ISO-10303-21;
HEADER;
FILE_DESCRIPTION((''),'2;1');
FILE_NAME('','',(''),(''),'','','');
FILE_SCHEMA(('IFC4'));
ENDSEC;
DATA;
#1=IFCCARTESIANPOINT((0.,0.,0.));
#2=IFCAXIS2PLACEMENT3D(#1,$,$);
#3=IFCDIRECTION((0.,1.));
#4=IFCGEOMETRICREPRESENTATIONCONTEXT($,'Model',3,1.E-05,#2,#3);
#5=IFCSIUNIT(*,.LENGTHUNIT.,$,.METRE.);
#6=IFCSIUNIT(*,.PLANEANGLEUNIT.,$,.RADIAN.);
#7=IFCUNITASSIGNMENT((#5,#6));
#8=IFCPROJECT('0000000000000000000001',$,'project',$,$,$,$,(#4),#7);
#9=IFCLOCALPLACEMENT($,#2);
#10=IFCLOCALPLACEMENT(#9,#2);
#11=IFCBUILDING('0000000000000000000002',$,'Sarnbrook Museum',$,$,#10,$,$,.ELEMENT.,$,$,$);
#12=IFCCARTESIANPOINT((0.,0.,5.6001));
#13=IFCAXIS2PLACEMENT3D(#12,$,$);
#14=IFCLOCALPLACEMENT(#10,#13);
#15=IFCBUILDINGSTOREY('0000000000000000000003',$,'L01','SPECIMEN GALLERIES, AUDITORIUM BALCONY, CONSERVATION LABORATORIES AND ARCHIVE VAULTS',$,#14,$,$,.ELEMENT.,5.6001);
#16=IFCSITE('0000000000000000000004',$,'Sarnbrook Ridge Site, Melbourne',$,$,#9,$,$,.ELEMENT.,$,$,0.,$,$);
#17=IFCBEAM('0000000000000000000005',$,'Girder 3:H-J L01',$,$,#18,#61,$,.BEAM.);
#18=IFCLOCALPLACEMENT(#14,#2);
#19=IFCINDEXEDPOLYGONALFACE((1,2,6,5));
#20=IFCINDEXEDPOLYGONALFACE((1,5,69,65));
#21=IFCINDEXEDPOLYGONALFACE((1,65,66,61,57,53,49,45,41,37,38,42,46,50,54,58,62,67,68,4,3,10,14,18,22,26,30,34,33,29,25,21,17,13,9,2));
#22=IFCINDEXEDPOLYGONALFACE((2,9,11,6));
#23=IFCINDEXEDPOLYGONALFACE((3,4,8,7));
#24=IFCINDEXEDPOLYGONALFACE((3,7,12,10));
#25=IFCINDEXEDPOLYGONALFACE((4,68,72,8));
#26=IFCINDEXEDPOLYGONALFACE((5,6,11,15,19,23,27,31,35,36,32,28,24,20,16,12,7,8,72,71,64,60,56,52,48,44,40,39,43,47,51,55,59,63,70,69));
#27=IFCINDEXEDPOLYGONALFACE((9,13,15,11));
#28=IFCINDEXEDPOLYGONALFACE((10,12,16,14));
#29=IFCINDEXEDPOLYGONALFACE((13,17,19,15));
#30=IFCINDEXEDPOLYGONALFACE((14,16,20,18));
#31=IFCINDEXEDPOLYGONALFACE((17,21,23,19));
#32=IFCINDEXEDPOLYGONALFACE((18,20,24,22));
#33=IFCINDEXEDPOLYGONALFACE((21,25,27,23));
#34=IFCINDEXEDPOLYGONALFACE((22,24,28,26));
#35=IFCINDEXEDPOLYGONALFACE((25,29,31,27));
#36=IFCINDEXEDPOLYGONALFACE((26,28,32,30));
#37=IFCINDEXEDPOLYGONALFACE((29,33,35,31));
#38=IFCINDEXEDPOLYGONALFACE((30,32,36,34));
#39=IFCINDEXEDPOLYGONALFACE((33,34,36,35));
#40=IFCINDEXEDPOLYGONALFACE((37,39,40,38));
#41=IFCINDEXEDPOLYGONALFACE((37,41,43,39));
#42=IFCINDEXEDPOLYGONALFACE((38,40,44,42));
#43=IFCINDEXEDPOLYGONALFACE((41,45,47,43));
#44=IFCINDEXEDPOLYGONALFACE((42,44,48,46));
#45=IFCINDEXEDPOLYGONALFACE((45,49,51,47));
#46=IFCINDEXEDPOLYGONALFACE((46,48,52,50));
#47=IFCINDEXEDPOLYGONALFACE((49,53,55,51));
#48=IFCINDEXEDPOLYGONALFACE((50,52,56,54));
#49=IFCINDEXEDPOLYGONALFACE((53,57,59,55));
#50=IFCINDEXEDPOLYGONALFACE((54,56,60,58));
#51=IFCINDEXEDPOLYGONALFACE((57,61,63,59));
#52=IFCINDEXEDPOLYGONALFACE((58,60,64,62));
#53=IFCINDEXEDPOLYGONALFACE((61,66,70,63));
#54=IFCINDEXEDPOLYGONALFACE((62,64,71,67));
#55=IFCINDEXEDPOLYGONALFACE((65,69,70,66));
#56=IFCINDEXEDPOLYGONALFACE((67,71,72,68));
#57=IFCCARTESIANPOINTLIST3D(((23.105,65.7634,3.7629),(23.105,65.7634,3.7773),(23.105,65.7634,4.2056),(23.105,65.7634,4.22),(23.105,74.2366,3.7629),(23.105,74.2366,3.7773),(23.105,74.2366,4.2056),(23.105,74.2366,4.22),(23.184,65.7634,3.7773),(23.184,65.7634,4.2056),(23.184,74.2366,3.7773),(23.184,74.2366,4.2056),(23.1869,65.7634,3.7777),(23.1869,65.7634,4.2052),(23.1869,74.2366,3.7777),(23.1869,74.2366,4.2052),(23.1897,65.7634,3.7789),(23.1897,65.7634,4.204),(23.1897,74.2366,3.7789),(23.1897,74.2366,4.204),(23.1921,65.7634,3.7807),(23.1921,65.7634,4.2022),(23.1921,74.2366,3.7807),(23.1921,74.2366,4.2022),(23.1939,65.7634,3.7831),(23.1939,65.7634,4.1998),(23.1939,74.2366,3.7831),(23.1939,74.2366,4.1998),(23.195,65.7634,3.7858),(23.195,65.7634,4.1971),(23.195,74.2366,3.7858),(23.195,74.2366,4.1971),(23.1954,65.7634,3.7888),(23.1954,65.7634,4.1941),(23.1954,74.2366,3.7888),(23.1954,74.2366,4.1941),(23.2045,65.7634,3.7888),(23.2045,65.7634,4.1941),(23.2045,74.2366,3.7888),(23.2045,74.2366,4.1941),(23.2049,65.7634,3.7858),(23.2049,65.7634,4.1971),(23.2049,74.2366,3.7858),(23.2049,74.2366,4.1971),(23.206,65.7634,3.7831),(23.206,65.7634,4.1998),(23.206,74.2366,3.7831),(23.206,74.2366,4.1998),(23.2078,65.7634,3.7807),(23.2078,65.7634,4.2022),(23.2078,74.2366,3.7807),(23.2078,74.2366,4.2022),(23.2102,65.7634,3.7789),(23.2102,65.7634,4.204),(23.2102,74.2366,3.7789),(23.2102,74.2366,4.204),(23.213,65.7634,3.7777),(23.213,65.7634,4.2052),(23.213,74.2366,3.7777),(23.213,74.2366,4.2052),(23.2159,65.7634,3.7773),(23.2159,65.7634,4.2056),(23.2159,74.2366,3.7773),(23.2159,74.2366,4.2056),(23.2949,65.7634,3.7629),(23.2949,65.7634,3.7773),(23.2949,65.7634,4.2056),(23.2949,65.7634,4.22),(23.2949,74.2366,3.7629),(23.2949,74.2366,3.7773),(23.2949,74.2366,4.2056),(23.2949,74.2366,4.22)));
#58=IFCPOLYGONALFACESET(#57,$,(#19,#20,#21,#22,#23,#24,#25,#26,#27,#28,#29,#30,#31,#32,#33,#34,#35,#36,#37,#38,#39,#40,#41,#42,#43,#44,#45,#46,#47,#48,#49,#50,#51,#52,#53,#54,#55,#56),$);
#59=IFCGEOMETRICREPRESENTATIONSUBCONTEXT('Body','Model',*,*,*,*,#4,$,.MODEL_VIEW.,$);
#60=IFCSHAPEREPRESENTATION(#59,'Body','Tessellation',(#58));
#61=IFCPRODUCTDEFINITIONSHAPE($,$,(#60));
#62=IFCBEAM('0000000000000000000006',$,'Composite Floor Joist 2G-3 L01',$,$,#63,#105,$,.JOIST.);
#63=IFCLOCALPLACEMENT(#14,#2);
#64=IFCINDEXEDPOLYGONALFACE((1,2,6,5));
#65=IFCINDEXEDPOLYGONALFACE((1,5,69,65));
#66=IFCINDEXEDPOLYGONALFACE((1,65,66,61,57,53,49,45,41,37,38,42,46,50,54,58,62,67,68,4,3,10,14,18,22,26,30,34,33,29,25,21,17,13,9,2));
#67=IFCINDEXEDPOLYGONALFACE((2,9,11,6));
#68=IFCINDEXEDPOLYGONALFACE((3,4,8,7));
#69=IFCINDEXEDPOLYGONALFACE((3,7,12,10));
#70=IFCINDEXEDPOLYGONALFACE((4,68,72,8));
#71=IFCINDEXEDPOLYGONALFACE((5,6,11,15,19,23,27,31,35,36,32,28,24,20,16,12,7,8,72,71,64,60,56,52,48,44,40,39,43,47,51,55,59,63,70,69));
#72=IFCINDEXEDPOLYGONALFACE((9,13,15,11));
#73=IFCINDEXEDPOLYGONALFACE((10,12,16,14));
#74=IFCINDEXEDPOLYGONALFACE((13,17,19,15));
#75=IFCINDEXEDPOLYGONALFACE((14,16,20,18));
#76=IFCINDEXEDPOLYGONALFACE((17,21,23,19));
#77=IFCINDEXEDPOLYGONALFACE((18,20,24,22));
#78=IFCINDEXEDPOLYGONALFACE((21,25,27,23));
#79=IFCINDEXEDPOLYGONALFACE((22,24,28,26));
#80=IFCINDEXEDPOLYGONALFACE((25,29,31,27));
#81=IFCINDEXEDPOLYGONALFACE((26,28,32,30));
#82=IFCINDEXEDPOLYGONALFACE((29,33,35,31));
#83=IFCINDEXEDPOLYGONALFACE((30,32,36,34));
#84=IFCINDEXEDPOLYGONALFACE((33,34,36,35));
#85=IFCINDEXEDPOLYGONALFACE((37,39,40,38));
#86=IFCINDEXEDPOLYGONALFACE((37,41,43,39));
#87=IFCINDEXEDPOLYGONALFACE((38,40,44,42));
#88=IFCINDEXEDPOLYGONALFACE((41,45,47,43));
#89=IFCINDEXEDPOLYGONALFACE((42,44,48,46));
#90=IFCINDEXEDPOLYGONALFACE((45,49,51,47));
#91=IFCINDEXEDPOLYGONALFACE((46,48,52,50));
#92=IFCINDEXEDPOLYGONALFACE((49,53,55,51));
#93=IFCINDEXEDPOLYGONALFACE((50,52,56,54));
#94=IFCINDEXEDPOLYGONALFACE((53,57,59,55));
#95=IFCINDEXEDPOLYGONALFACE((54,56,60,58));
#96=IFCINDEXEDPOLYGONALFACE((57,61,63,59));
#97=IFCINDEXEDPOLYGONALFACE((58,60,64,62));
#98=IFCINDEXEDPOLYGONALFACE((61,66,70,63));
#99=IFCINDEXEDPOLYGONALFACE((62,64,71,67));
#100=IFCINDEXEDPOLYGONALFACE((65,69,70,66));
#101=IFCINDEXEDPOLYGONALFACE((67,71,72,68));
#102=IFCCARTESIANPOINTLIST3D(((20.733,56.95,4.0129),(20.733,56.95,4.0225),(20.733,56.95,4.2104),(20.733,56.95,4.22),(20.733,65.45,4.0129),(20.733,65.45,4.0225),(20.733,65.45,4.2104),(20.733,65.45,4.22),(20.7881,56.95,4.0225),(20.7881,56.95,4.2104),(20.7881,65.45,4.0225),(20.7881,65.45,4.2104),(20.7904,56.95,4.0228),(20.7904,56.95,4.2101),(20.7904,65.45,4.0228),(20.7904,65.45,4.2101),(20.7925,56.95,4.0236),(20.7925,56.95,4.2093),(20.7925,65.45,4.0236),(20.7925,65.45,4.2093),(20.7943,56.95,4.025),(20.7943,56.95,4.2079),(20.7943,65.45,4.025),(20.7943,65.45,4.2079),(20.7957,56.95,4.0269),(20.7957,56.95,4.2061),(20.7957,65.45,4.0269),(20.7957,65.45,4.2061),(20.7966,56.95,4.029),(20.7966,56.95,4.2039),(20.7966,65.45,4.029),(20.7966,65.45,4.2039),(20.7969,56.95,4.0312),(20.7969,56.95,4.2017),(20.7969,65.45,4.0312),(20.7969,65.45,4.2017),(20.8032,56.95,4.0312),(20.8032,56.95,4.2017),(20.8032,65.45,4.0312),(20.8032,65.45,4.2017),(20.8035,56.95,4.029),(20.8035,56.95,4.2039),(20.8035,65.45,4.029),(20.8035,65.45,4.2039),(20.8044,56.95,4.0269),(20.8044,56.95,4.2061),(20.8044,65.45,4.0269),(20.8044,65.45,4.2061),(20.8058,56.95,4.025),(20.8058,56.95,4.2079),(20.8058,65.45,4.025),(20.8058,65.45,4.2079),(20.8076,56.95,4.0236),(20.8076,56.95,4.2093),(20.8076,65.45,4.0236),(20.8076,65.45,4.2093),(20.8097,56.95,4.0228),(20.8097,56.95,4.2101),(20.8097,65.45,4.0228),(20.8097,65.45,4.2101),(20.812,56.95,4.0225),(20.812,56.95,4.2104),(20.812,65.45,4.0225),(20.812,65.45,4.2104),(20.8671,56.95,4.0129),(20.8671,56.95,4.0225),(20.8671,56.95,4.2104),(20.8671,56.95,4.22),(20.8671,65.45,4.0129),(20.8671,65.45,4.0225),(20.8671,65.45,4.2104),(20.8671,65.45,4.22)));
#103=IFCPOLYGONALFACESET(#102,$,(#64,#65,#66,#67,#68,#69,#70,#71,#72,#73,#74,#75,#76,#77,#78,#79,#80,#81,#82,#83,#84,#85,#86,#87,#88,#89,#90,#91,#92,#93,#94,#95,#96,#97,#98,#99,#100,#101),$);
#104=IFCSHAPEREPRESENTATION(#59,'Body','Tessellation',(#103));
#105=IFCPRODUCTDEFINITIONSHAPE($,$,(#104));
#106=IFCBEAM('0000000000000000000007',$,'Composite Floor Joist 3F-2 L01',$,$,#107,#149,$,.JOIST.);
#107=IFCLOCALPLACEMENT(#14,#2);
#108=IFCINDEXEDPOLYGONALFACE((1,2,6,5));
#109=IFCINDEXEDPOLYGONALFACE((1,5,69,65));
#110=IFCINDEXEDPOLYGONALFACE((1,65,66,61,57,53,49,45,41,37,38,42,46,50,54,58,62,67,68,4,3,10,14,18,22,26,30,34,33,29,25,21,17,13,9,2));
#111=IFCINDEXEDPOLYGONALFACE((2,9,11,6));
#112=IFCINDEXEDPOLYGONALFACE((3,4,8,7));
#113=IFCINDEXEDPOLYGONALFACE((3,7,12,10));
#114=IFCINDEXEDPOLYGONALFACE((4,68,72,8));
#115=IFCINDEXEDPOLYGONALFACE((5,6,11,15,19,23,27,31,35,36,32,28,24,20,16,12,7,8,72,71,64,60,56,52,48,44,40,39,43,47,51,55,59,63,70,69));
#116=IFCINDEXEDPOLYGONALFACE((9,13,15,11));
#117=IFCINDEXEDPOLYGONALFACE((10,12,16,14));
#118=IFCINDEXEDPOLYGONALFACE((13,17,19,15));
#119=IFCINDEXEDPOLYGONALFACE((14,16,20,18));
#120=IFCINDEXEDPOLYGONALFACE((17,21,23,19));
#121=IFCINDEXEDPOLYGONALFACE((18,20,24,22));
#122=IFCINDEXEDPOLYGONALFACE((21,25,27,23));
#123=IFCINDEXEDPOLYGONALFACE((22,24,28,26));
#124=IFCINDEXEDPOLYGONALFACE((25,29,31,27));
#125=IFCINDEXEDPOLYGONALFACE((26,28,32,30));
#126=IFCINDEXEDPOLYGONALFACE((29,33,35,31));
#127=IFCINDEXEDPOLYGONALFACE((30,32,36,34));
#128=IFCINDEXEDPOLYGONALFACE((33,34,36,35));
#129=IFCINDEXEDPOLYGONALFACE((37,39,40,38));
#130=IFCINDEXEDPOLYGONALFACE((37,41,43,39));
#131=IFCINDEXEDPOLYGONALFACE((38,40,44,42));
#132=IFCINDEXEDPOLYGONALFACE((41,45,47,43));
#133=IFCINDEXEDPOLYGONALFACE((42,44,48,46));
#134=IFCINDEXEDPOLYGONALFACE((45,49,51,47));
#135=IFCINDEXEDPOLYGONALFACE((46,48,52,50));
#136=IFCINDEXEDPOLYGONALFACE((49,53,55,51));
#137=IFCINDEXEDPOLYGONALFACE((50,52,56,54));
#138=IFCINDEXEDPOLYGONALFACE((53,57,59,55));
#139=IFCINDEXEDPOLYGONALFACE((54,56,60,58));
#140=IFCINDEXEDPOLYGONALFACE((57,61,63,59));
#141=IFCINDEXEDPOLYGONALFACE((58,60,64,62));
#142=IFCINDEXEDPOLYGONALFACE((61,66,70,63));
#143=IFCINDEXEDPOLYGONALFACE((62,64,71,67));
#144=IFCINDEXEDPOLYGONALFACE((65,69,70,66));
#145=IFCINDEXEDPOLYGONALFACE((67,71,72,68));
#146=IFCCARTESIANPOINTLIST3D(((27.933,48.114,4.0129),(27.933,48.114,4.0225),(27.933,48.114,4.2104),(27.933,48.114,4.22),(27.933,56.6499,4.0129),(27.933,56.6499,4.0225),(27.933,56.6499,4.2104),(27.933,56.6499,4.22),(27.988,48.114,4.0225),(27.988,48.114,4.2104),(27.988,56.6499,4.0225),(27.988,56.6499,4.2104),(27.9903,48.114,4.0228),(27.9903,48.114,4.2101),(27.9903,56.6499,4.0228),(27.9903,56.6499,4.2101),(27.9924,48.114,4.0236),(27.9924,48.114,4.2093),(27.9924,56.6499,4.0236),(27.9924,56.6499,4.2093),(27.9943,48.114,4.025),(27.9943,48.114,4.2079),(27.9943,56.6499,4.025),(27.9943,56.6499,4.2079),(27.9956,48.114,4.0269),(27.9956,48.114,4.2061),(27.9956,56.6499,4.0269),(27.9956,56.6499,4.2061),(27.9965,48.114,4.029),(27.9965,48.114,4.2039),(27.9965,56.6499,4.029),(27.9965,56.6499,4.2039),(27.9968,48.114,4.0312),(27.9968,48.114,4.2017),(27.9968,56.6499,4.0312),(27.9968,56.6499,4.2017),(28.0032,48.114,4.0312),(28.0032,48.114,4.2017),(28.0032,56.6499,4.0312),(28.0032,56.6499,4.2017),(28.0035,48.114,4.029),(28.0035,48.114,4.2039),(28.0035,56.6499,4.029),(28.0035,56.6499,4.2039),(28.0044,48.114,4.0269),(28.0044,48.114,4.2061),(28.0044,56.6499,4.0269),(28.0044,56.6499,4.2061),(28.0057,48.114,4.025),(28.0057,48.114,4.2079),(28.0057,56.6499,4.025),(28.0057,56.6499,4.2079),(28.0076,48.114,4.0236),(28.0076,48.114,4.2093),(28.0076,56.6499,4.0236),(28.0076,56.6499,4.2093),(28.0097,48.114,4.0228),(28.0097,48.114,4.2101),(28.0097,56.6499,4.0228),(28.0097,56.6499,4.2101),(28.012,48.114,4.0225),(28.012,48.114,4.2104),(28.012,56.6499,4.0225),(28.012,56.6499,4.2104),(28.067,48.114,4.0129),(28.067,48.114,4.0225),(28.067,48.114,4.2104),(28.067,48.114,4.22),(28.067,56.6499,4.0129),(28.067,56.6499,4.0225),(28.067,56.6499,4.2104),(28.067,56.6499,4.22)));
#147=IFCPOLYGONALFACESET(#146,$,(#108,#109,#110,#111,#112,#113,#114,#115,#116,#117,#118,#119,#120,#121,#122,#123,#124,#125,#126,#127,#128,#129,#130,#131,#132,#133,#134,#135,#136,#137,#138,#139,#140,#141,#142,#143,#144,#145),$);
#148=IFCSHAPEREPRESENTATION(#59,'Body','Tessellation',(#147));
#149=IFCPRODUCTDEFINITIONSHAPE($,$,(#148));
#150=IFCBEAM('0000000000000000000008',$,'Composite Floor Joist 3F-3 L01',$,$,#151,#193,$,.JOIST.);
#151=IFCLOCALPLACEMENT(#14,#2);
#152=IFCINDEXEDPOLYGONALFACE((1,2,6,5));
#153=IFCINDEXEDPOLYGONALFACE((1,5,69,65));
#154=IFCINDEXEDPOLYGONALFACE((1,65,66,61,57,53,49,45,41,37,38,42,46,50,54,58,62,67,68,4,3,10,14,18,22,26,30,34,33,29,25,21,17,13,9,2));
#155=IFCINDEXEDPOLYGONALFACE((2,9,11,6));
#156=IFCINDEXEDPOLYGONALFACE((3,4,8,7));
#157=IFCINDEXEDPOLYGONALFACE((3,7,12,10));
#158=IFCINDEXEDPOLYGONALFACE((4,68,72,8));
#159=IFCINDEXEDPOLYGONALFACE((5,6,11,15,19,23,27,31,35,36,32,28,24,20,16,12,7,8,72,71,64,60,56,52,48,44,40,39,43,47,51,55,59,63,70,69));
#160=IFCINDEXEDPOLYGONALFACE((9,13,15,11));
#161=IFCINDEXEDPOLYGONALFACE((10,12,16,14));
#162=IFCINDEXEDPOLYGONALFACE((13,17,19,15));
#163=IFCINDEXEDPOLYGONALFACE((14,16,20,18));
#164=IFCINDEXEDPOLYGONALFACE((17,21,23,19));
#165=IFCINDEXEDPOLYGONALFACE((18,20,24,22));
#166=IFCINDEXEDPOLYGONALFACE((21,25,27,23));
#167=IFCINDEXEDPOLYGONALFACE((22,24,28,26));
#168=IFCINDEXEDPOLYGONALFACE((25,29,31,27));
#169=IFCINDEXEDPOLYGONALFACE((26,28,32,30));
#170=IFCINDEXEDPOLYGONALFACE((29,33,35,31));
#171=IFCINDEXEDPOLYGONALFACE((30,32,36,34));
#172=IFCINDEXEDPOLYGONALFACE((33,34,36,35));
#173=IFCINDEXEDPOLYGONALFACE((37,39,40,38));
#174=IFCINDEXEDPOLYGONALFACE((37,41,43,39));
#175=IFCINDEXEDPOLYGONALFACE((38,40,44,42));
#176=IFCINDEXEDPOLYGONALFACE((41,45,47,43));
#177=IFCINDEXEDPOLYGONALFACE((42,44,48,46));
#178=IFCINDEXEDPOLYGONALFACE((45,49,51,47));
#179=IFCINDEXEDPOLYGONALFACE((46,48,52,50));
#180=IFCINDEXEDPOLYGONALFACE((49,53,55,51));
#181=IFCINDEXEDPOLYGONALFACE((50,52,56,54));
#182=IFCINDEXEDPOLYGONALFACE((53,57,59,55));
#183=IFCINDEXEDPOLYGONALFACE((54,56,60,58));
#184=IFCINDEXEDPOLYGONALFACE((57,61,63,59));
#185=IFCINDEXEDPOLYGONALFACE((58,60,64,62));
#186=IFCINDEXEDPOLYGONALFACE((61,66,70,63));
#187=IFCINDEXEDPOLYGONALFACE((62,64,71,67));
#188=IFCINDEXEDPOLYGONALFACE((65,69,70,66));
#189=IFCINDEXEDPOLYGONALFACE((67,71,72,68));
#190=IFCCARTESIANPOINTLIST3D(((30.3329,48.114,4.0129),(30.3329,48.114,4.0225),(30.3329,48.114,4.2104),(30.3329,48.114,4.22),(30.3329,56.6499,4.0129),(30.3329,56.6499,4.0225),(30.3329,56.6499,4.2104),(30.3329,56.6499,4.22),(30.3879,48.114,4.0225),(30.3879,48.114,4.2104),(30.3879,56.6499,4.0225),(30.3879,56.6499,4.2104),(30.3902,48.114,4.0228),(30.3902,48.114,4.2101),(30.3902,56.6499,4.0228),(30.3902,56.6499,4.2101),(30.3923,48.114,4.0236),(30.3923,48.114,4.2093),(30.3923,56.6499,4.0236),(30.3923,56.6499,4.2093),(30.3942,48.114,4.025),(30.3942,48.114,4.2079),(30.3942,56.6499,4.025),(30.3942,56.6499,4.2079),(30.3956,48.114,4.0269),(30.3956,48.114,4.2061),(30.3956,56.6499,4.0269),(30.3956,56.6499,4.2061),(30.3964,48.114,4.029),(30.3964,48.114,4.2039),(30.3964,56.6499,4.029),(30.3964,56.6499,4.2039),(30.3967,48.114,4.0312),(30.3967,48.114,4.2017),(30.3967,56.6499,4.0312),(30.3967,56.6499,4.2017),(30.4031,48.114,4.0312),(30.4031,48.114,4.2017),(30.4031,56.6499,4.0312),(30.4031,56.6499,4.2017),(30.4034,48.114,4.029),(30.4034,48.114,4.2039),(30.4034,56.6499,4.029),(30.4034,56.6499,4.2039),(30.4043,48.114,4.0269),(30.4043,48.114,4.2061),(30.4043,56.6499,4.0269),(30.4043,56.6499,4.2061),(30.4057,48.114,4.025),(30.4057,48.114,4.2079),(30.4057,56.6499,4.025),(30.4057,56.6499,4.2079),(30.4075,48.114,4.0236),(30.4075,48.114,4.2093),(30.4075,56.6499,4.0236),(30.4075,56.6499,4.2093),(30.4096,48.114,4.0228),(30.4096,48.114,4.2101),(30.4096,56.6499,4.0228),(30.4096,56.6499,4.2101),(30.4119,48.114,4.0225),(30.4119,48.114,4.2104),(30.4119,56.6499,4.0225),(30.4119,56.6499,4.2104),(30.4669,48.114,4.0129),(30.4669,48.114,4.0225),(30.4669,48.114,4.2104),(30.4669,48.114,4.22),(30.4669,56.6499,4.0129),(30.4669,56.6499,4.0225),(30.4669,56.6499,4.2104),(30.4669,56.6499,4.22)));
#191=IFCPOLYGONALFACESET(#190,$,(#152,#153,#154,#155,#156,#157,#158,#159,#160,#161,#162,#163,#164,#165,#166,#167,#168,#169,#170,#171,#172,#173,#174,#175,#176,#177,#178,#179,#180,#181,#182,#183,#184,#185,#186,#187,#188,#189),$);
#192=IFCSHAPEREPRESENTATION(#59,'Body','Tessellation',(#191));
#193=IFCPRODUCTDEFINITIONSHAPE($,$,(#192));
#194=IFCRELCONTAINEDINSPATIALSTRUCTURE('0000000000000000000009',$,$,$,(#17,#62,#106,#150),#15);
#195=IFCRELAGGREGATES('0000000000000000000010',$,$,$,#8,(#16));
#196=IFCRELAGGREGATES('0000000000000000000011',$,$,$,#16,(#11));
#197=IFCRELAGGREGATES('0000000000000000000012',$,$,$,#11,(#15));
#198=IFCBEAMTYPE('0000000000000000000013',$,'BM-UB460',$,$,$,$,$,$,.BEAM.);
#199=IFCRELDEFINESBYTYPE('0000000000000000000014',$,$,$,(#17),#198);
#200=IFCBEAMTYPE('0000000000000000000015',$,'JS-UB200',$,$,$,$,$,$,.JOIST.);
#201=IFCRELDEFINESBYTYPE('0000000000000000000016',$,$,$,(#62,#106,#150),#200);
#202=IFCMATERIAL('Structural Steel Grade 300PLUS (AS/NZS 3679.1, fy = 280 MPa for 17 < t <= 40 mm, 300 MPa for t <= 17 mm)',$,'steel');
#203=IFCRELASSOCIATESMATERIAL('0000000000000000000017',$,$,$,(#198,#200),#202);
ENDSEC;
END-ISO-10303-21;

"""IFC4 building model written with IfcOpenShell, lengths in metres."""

from ifc_helpers import new_model, si_unit, direction, frame, origin, origin_2d, place, context, subcontext, project, spatial, i_section, extrude, material, material_profile, profile_set, type_object, element, save


model = new_model("IFC4")

# Units and contexts
model_context = context("Model", 3, precision=1e-05, world=origin(), true_north=direction((0.0, 1.0)))
body_context = subcontext(model_context, "Body", "Model", "MODEL_VIEW")
ifc_project = project(units=[si_unit("LENGTHUNIT", "METRE"), si_unit("PLANEANGLEUNIT", "RADIAN")], contexts=[model_context])

# Site, building, storey
site_placement = place(None, origin())
site = spatial("IfcSite", under=ifc_project, at=site_placement, Name="Sarnbrook Ridge Site, Melbourne", CompositionType="ELEMENT", RefElevation=0.0)
building_placement = place(site_placement, origin())
building = spatial("IfcBuilding", under=site, at=building_placement, Name="Sarnbrook Museum", CompositionType="ELEMENT")
storey_placement = place(building_placement, frame((0.0, 0.0, 5.6001)))
storey = spatial("IfcBuildingStorey", under=building, at=storey_placement, Name="L01", Description="SPECIMEN GALLERIES, AUDITORIUM BALCONY, CONSERVATION LABORATORIES AND ARCHIVE VAULTS", CompositionType="ELEMENT", Elevation=5.6001)

# Shared definitions
ifc_material_1 = material(Name="Structural Steel Grade 300PLUS (AS/NZS 3679.1, fy = 280 MPa for 17 < t <= 40 mm, 300 MPa for t <= 17 mm)", Category="steel")

# Beams
ifc_material_profile_1 = material_profile(ifc_material_1, i_section(OverallWidth=0.1899, OverallDepth=0.457, WebThickness=0.009, FlangeThickness=0.0144, FilletRadius=0.0115, at=origin_2d()), Name="460UB74.6")
ifc_profile_set_1 = profile_set([ifc_material_profile_1], Name="Structural Steel Grade 300PLUS (AS/NZS 3679.1, fy = 280 MPa for 17 < t <= 40 mm, 300 MPa for t <= 17 mm)")
beam_type_1 = type_object("IfcBeamType", Name="BM-UB460", PredefinedType="BEAM", material=ifc_profile_set_1)
for number, where, z_axis, x_axis, name in (
    (1, (23.2, 65.7634, 3.9915), (0.0, 1.0, 0.0), (-1.0, 0.0, 0.0), "Girder 3:H-J L01"),
):
    element("IfcBeam", number, at=place(storey_placement, frame(where, z_axis=z_axis, x_axis=x_axis)), inside=storey, type_object=beam_type_1, Name=name, PredefinedType="BEAM", context=body_context, shape_type="SweptSolid", body=[
        extrude(i_section(OverallWidth=0.1899, OverallDepth=0.457, WebThickness=0.009, FlangeThickness=0.0144, FilletRadius=0.0115, at=origin_2d()), origin(), (0.0, 0.0, 1.0), 8.4731),
    ])
ifc_material_profile_2 = material_profile(ifc_material_1, i_section(OverallWidth=0.134, OverallDepth=0.207, WebThickness=0.0063, FlangeThickness=0.0095, FilletRadius=0.0088, at=origin_2d()), Name="200UB29.8")
ifc_profile_set_2 = profile_set([ifc_material_profile_2], Name="Structural Steel Grade 300PLUS (AS/NZS 3679.1, fy = 280 MPa for 17 < t <= 40 mm, 300 MPa for t <= 17 mm)")
beam_type_2 = type_object("IfcBeamType", Name="JS-UB200", PredefinedType="JOIST", material=ifc_profile_set_2)
beam_1_placement = place(storey_placement, frame((20.8, 56.95, 4.1165), z_axis=(0.0, 1.0, 0.0), x_axis=(-1.0, 0.0, 0.0)))
element("IfcBeam", 2, at=beam_1_placement, inside=storey, type_object=beam_type_2, Name="Composite Floor Joist 2G-3 L01", PredefinedType="JOIST", context=body_context, shape_type="SweptSolid", body=[
    extrude(i_section(OverallWidth=0.134, OverallDepth=0.207, WebThickness=0.0063, FlangeThickness=0.0095, FilletRadius=0.0088, at=origin_2d()), origin(), (0.0, 0.0, 1.0), 8.5),
])
for number, where, z_axis, x_axis, name in (
    (3, (28.0, 48.114, 4.1165), (0.0, 1.0, 0.0), (-1.0, 0.0, 0.0), "Composite Floor Joist 3F-2 L01"),
    (4, (30.3999, 48.114, 4.1165), (0.0, 1.0, 0.0), (-1.0, 0.0, 0.0), "Composite Floor Joist 3F-3 L01"),
):
    element("IfcBeam", number, at=place(storey_placement, frame(where, z_axis=z_axis, x_axis=x_axis)), inside=storey, type_object=beam_type_2, Name=name, PredefinedType="JOIST", context=body_context, shape_type="SweptSolid", body=[
        extrude(i_section(OverallWidth=0.134, OverallDepth=0.207, WebThickness=0.0063, FlangeThickness=0.0095, FilletRadius=0.0088, at=origin_2d()), origin(), (0.0, 0.0, 1.0), 8.5359),
    ])

save(model, "model.ifc")
